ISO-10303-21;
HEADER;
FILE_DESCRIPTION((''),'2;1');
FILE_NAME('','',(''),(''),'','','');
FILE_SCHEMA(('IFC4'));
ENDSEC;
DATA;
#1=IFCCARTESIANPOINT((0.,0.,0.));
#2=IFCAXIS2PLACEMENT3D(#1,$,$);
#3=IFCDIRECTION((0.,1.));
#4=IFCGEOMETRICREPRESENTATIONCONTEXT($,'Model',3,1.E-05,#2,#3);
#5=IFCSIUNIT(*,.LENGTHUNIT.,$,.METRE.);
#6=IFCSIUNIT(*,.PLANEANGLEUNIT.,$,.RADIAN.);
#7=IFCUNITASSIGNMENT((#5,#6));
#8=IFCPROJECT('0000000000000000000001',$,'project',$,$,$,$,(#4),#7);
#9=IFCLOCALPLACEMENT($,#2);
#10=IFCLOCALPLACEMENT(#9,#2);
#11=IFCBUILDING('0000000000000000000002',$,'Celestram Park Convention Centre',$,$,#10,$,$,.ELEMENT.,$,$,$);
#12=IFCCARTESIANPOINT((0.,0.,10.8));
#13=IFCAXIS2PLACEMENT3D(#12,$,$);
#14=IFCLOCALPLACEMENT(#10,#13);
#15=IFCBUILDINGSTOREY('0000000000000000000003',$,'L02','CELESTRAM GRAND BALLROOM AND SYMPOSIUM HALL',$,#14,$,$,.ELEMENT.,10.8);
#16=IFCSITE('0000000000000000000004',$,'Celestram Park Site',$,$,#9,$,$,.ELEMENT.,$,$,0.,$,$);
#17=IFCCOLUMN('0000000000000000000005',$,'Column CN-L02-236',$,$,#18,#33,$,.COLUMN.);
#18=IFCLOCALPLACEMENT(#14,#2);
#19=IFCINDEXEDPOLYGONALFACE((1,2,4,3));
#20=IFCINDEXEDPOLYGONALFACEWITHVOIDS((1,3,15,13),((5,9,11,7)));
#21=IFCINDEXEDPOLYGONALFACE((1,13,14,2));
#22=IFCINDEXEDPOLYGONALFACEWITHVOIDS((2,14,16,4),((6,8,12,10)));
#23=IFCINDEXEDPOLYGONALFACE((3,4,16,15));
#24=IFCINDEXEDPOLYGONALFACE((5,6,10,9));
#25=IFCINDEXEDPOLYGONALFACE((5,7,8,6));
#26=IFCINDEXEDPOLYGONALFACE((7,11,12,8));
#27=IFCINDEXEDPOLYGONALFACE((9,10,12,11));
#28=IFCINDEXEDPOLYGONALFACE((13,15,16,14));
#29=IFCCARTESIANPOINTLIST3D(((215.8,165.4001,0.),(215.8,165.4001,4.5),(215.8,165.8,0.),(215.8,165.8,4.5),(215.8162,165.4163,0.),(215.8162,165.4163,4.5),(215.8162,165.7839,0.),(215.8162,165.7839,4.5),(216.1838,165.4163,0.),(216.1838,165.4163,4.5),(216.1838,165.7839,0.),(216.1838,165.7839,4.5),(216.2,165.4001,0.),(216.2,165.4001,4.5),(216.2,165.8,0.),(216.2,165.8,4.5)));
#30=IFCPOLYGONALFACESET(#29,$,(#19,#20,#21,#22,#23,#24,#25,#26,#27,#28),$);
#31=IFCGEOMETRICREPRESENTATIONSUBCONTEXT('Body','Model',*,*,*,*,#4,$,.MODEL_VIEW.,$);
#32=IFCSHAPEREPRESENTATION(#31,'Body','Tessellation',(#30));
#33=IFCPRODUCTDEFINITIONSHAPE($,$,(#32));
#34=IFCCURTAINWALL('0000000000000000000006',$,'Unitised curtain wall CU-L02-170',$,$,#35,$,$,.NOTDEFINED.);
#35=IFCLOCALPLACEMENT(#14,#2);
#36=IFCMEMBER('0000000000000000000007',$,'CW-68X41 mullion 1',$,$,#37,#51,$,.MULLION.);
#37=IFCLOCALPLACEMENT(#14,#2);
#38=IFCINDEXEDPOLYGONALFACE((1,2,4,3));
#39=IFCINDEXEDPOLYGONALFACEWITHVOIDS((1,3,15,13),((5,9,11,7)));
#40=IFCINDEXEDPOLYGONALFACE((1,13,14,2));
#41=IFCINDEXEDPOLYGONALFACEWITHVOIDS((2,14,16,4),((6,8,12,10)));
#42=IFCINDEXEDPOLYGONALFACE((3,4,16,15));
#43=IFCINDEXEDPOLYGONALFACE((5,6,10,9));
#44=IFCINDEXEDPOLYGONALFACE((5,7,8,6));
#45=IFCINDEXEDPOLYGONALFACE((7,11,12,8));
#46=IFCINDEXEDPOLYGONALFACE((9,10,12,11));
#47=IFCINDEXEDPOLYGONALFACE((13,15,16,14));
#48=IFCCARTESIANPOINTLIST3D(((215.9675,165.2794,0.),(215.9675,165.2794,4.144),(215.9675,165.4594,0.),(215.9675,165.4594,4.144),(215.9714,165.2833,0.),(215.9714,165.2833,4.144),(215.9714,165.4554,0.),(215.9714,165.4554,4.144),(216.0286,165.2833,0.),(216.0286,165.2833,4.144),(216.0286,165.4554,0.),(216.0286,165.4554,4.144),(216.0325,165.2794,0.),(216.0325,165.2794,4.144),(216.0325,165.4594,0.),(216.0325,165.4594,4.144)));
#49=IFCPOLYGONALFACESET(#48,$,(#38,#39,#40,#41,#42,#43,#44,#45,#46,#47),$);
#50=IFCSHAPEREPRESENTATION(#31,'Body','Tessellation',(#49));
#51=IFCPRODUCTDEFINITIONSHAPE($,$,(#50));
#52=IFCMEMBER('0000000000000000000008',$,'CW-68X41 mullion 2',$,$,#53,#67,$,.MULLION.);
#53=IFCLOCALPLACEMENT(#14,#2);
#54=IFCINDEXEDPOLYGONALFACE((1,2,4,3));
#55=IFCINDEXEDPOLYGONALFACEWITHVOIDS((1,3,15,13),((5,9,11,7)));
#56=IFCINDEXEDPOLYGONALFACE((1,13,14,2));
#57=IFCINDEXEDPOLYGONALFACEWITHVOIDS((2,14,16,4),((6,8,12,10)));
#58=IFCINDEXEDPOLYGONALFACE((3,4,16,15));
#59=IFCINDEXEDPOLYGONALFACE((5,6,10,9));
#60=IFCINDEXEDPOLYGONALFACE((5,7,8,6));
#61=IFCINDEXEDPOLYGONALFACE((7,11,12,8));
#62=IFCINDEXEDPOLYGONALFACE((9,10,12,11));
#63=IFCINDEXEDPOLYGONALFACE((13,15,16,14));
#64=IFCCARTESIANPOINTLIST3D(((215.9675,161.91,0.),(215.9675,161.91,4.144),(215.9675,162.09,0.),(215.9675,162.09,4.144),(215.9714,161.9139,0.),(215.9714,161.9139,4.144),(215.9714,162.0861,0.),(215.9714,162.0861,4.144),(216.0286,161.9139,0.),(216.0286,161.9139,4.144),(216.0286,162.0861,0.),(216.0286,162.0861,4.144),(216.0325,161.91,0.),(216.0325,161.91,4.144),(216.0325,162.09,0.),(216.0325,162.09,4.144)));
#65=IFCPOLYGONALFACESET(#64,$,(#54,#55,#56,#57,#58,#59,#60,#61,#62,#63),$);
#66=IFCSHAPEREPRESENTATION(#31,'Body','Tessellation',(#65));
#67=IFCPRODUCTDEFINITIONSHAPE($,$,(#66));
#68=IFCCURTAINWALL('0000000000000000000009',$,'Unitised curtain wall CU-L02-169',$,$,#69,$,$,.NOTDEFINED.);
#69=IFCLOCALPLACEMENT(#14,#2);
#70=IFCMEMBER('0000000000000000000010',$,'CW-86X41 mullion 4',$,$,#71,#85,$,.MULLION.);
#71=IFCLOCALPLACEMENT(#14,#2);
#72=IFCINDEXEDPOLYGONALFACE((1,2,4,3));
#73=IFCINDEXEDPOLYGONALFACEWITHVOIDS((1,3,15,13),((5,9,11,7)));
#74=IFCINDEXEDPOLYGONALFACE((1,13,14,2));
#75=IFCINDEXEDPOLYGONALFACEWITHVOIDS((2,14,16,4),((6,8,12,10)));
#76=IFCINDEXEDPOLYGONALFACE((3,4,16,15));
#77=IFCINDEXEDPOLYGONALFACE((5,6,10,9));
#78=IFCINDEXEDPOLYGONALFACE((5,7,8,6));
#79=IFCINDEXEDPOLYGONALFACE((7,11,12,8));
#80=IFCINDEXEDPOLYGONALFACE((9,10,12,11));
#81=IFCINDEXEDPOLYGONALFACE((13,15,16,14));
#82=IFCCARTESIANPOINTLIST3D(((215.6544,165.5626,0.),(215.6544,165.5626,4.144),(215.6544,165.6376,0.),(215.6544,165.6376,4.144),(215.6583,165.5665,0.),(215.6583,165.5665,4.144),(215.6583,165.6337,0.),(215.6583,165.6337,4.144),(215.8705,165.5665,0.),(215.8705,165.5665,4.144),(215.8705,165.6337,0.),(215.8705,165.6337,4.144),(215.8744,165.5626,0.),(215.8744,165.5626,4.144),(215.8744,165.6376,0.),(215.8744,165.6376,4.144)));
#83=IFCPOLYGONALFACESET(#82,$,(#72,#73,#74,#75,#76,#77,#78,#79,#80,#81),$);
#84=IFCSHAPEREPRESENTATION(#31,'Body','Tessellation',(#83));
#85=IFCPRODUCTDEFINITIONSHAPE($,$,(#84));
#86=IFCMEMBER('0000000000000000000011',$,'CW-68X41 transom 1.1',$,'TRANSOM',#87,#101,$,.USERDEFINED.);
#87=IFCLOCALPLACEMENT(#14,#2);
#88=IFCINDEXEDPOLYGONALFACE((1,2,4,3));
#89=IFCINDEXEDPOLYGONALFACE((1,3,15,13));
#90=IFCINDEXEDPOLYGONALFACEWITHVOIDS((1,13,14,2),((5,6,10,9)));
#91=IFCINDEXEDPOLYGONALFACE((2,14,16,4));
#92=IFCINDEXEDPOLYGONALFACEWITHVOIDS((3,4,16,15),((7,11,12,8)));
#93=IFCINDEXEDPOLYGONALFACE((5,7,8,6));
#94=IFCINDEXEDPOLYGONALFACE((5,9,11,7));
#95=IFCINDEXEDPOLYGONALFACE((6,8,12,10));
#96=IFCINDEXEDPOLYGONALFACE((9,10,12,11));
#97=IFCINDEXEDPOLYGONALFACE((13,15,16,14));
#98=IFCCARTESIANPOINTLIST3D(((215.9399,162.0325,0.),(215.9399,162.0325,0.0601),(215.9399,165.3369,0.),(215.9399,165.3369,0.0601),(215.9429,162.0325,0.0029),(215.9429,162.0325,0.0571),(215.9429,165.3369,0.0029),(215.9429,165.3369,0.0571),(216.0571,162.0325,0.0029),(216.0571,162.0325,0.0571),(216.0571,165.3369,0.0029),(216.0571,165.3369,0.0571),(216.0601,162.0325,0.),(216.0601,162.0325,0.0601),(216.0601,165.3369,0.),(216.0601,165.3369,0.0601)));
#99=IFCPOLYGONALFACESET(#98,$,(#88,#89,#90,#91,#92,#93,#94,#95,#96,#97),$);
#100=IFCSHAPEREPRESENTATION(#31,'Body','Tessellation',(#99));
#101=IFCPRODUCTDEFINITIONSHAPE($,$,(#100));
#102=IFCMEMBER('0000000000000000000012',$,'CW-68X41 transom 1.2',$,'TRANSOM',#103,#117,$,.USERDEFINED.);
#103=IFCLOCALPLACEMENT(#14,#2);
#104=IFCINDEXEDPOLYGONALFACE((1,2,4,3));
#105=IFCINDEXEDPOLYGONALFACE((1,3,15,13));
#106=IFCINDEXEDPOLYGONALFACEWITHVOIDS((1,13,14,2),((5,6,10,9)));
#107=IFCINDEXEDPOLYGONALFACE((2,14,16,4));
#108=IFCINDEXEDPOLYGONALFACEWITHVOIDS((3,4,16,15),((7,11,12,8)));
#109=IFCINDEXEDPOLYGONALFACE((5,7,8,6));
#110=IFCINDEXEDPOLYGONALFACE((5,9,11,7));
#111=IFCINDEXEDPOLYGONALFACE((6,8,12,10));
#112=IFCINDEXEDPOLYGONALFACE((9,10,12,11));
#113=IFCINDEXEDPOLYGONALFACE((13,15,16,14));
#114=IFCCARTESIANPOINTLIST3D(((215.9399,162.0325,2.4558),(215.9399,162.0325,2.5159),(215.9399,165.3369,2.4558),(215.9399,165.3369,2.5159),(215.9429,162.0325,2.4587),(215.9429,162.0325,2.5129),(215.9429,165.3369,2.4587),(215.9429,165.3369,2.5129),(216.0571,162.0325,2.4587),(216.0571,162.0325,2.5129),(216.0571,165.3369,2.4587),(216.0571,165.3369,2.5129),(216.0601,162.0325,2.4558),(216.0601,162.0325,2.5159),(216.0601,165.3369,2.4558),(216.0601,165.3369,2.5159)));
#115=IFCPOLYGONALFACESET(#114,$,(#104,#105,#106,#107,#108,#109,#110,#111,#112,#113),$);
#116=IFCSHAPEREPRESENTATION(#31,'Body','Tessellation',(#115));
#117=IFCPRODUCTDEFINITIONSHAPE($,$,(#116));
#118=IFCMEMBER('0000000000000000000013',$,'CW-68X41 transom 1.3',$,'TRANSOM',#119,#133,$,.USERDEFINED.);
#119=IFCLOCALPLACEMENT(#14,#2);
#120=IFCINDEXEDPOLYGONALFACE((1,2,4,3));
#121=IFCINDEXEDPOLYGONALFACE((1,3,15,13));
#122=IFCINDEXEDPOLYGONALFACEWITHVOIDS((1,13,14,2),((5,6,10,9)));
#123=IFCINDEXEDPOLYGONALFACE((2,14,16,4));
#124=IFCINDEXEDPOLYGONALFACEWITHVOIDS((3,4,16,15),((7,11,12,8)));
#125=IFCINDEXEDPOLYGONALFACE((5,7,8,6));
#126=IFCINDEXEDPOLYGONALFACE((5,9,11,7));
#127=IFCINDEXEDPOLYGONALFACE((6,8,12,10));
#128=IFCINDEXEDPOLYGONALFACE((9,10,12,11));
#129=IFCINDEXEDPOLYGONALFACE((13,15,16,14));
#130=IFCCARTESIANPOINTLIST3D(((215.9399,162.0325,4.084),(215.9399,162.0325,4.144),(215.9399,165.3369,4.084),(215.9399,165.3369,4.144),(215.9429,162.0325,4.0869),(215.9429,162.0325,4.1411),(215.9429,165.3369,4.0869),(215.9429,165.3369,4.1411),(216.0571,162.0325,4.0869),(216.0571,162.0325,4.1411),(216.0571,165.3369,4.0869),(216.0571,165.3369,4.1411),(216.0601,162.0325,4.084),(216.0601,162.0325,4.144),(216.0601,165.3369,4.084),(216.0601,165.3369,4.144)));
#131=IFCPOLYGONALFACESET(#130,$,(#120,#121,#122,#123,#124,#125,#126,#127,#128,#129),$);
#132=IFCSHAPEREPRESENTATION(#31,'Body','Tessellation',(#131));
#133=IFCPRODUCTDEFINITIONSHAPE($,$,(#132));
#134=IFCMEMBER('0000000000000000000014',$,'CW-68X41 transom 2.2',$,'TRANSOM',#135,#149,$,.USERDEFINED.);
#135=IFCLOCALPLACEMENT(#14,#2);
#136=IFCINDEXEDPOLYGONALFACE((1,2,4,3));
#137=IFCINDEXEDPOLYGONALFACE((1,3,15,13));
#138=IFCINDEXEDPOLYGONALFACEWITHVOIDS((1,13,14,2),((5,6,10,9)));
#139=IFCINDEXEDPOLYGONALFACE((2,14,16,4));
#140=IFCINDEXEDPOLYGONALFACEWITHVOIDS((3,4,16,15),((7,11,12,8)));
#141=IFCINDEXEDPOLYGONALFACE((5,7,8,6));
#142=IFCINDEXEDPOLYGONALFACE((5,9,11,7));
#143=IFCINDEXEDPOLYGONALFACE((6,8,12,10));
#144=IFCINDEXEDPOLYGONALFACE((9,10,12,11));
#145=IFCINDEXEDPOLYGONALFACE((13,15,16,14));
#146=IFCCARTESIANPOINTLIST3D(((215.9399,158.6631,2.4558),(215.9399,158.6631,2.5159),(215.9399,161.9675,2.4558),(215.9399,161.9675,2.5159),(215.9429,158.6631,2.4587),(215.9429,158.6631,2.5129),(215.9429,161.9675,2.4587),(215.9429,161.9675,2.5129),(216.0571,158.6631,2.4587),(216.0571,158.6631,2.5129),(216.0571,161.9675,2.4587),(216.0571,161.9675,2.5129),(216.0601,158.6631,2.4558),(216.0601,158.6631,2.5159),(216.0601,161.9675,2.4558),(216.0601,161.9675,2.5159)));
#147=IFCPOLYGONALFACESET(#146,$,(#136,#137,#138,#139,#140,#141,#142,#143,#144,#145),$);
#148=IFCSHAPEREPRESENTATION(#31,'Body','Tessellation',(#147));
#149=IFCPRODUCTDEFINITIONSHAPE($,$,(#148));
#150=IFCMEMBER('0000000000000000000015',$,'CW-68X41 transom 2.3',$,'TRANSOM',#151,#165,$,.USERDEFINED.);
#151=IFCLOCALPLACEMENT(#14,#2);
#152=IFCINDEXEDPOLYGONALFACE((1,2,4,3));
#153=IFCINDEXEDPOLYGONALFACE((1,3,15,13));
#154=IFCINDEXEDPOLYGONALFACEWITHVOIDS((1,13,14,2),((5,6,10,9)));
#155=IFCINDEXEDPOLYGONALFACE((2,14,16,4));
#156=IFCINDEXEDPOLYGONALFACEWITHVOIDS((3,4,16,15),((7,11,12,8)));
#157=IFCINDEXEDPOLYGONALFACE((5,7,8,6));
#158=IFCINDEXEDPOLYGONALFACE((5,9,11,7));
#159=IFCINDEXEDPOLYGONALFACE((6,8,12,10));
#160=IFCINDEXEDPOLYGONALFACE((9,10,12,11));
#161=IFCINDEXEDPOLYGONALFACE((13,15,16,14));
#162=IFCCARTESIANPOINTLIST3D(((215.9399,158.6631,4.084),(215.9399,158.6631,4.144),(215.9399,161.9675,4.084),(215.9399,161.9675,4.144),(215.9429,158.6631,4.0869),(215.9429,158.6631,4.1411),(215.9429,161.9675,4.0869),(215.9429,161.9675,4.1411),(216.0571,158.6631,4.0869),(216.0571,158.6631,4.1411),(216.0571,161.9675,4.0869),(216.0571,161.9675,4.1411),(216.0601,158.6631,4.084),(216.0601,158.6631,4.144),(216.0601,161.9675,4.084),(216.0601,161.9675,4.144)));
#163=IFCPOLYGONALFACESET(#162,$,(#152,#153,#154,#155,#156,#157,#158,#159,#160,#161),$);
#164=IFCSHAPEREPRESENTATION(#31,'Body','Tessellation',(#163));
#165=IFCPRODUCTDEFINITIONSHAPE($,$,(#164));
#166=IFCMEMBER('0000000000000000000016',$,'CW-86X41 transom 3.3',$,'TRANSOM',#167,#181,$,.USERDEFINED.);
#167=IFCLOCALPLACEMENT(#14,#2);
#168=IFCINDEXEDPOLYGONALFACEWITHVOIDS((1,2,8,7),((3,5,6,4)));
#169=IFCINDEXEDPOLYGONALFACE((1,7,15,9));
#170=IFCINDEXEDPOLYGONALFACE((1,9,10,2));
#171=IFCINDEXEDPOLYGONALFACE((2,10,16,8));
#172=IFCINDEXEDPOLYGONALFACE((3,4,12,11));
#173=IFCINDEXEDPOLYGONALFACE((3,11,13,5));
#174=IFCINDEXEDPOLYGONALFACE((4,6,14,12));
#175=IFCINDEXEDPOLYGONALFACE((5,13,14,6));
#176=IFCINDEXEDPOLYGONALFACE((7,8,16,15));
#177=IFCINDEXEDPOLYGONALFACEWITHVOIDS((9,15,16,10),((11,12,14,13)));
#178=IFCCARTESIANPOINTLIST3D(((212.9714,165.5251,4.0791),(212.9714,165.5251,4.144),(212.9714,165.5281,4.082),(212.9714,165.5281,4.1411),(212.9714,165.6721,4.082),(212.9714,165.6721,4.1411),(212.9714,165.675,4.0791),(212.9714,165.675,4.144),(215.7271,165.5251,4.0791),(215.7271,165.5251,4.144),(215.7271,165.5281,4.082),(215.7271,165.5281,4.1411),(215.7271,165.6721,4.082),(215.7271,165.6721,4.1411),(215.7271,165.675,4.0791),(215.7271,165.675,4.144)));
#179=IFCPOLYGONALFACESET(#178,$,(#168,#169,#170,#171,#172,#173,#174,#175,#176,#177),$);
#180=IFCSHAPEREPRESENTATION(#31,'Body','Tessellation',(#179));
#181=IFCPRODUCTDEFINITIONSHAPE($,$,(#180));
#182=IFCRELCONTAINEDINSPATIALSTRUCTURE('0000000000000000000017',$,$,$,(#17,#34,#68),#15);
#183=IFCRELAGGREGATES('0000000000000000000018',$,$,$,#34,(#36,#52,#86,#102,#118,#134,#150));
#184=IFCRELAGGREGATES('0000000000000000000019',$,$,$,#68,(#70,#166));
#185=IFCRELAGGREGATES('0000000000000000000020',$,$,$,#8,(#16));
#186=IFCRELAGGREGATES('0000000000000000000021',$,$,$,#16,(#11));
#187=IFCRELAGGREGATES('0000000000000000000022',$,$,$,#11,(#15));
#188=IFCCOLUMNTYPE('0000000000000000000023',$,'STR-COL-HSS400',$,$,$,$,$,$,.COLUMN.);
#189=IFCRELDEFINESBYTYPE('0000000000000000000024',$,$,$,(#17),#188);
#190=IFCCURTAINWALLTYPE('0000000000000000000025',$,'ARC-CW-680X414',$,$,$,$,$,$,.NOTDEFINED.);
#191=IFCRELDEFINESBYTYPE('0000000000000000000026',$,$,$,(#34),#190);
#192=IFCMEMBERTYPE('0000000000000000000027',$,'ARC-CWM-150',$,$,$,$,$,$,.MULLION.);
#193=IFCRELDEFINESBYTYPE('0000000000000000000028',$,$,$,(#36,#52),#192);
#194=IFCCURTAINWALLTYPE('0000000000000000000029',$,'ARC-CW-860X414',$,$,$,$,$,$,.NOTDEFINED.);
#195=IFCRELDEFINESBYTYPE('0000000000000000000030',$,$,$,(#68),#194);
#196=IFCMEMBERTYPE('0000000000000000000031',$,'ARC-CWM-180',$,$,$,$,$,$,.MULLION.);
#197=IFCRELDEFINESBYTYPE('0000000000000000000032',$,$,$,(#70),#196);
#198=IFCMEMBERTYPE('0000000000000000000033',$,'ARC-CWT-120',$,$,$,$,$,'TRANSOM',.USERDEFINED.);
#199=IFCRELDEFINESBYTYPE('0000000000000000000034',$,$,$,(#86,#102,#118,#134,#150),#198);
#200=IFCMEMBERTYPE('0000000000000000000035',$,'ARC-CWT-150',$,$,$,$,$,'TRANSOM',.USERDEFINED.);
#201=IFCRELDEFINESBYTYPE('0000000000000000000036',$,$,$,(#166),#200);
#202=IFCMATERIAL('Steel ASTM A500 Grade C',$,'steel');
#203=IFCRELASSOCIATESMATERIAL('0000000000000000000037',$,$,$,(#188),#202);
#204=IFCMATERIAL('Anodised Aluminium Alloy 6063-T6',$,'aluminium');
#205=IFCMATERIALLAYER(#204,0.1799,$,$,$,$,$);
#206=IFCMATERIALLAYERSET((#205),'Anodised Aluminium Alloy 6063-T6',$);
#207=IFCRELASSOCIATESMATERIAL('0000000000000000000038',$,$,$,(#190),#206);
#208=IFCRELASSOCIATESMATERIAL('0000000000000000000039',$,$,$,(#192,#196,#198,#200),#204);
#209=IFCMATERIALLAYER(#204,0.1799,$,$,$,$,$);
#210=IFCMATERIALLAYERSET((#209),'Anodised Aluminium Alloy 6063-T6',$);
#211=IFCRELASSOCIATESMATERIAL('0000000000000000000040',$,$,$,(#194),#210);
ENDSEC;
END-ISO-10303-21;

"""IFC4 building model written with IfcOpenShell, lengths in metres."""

from ifc_helpers import new_model, si_unit, direction, frame, origin, origin_2d, place, context, subcontext, project, spatial, hollow_rectangle, extrude, material, layer, layer_set, material_profile, profile_set, type_object, element, aggregate, save


model = new_model("IFC4")

# Units and contexts
model_context = context("Model", 3, precision=1e-05, world=origin(), true_north=direction((0.0, 1.0)))
body_context = subcontext(model_context, "Body", "Model", "MODEL_VIEW")
ifc_project = project(units=[si_unit("LENGTHUNIT", "METRE"), si_unit("PLANEANGLEUNIT", "RADIAN")], contexts=[model_context])

# Site, building, storey
site_placement = place(None, origin())
site = spatial("IfcSite", under=ifc_project, at=site_placement, Name="Celestram Park Site", CompositionType="ELEMENT", RefElevation=0.0)
building_placement = place(site_placement, origin())
building = spatial("IfcBuilding", under=site, at=building_placement, Name="Celestram Park Convention Centre", CompositionType="ELEMENT")
storey_placement = place(building_placement, frame((0.0, 0.0, 10.8)))
storey = spatial("IfcBuildingStorey", under=building, at=storey_placement, Name="L02", Description="CELESTRAM GRAND BALLROOM AND SYMPOSIUM HALL", CompositionType="ELEMENT", Elevation=10.8)

# Column
ifc_material_1 = material(Name="Steel ASTM A500 Grade C", Category="steel")
ifc_material_profile_1 = material_profile(ifc_material_1, hollow_rectangle(XDim=0.3999, YDim=0.3999, WallThickness=0.0161, at=origin_2d()), Name="HSS400X400X16")
ifc_profile_set_1 = profile_set([ifc_material_profile_1], Name="Steel ASTM A500 Grade C")
column_type = type_object("IfcColumnType", Name="STR-COL-HSS400", PredefinedType="COLUMN", material=ifc_profile_set_1)
column_placement = place(storey_placement, frame((216.0, 165.6001, 0.0), z_axis=(0.0, 0.0, 1.0), x_axis=(1.0, 0.0, 0.0)))
element("IfcColumn", 1, at=column_placement, inside=storey, type_object=column_type, Name="Column CN-L02-236", PredefinedType="COLUMN", context=body_context, shape_type="SweptSolid", body=[
    extrude(hollow_rectangle(XDim=0.3999, YDim=0.3999, WallThickness=0.0161, at=origin_2d()), origin(), (0.0, 0.0, 1.0), 4.5),
])

# Curtain wall, members
ifc_material_2 = material(Name="Anodised Aluminium Alloy 6063-T6", Category="aluminium")
ifc_layer_1 = layer(ifc_material_2, 0.1799)
ifc_layer_set_1 = layer_set([ifc_layer_1], Name="Anodised Aluminium Alloy 6063-T6")
curtain_wall_type_1 = type_object("IfcCurtainWallType", Name="ARC-CW-680X414", PredefinedType="NOTDEFINED", material=ifc_layer_set_1)
curtain_wall_1_placement = place(storey_placement, origin())
curtain_wall_1 = element("IfcCurtainWall", 2, at=curtain_wall_1_placement, inside=storey, type_object=curtain_wall_type_1, Name="Unitised curtain wall CU-L02-170", PredefinedType="NOTDEFINED")
ifc_material_profile_2 = material_profile(ifc_material_2, hollow_rectangle(XDim=0.0649, YDim=0.1799, WallThickness=0.0039, at=origin_2d()), Name="ALU65X180X4")
ifc_profile_set_2 = profile_set([ifc_material_profile_2], Name="Anodised Aluminium Alloy 6063-T6")
member_type_1 = type_object("IfcMemberType", Name="ARC-CWM-150", PredefinedType="MULLION", material=ifc_profile_set_2)
member_1_placement = place(storey_placement, frame((216.0, 165.3694, 0.0), z_axis=(0.0, 0.0, 1.0), x_axis=(1.0, 0.0, 0.0)))
member_1 = element("IfcMember", 3, at=member_1_placement, type_object=member_type_1, Name="CW-68X41 mullion 1", PredefinedType="MULLION", context=body_context, shape_type="SweptSolid", body=[
    extrude(hollow_rectangle(XDim=0.0649, YDim=0.1799, WallThickness=0.0039, at=origin_2d()), origin(), (0.0, 0.0, 1.0), 4.144),
])
member_2_placement = place(storey_placement, frame((216.0, 162.0, 0.0), z_axis=(0.0, 0.0, 1.0), x_axis=(1.0, 0.0, 0.0)))
member_2 = element("IfcMember", 4, at=member_2_placement, type_object=member_type_1, Name="CW-68X41 mullion 2", PredefinedType="MULLION", context=body_context, shape_type="SweptSolid", body=[
    extrude(hollow_rectangle(XDim=0.0649, YDim=0.1799, WallThickness=0.0039, at=origin_2d()), origin(), (0.0, 0.0, 1.0), 4.144),
])

# Curtain wall, member
ifc_layer_2 = layer(ifc_material_2, 0.1799)
ifc_layer_set_2 = layer_set([ifc_layer_2], Name="Anodised Aluminium Alloy 6063-T6")
curtain_wall_type_2 = type_object("IfcCurtainWallType", Name="ARC-CW-860X414", PredefinedType="NOTDEFINED", material=ifc_layer_set_2)
curtain_wall_2_placement = place(storey_placement, origin())
curtain_wall_2 = element("IfcCurtainWall", 5, at=curtain_wall_2_placement, inside=storey, type_object=curtain_wall_type_2, Name="Unitised curtain wall CU-L02-169", PredefinedType="NOTDEFINED")
ifc_material_profile_3 = material_profile(ifc_material_2, hollow_rectangle(XDim=0.075, YDim=0.22, WallThickness=0.0039, at=origin_2d()), Name="ALU75X220X4")
ifc_profile_set_3 = profile_set([ifc_material_profile_3], Name="Anodised Aluminium Alloy 6063-T6")
member_type_2 = type_object("IfcMemberType", Name="ARC-CWM-180", PredefinedType="MULLION", material=ifc_profile_set_3)
member_3_placement = place(storey_placement, frame((215.7644, 165.6001, 0.0), z_axis=(0.0, 0.0, 1.0), x_axis=(0.0, 1.0, 0.0)))
member_3 = element("IfcMember", 6, at=member_3_placement, type_object=member_type_2, Name="CW-86X41 mullion 4", PredefinedType="MULLION", context=body_context, shape_type="SweptSolid", body=[
    extrude(hollow_rectangle(XDim=0.075, YDim=0.22, WallThickness=0.0039, at=origin_2d()), origin(), (0.0, 0.0, 1.0), 4.144),
])

# Members
ifc_material_profile_4 = material_profile(ifc_material_2, hollow_rectangle(XDim=0.1201, YDim=0.0601, WallThickness=0.0029, at=origin_2d()), Name="ALU120X60X3")
ifc_profile_set_4 = profile_set([ifc_material_profile_4], Name="Anodised Aluminium Alloy 6063-T6")
member_type_3 = type_object("IfcMemberType", Name="ARC-CWT-120", ElementType="TRANSOM", PredefinedType="USERDEFINED", material=ifc_profile_set_4)
member_4_placement = place(storey_placement, frame((216.0, 165.3369, 0.03), z_axis=(0.0, -1.0, 0.0), x_axis=(1.0, 0.0, 0.0)))
member_4 = element("IfcMember", 7, at=member_4_placement, type_object=member_type_3, Name="CW-68X41 transom 1.1", ObjectType="TRANSOM", PredefinedType="USERDEFINED", context=body_context, shape_type="SweptSolid", body=[
    extrude(hollow_rectangle(XDim=0.1201, YDim=0.0601, WallThickness=0.0029, at=origin_2d()), origin(), (0.0, 0.0, 1.0), 3.3044),
])
member_5_placement = place(storey_placement, frame((216.0, 165.3369, 2.4858), z_axis=(0.0, -1.0, 0.0), x_axis=(1.0, 0.0, 0.0)))
member_5 = element("IfcMember", 8, at=member_5_placement, type_object=member_type_3, Name="CW-68X41 transom 1.2", ObjectType="TRANSOM", PredefinedType="USERDEFINED", context=body_context, shape_type="SweptSolid", body=[
    extrude(hollow_rectangle(XDim=0.1201, YDim=0.0601, WallThickness=0.0029, at=origin_2d()), origin(), (0.0, 0.0, 1.0), 3.3044),
])
member_6_placement = place(storey_placement, frame((216.0, 165.3369, 4.114), z_axis=(0.0, -1.0, 0.0), x_axis=(1.0, 0.0, 0.0)))
member_6 = element("IfcMember", 9, at=member_6_placement, type_object=member_type_3, Name="CW-68X41 transom 1.3", ObjectType="TRANSOM", PredefinedType="USERDEFINED", context=body_context, shape_type="SweptSolid", body=[
    extrude(hollow_rectangle(XDim=0.1201, YDim=0.0601, WallThickness=0.0029, at=origin_2d()), origin(), (0.0, 0.0, 1.0), 3.3044),
])
member_7_placement = place(storey_placement, frame((216.0, 161.9675, 2.4858), z_axis=(0.0, -1.0, 0.0), x_axis=(1.0, 0.0, 0.0)))
member_7 = element("IfcMember", 10, at=member_7_placement, type_object=member_type_3, Name="CW-68X41 transom 2.2", ObjectType="TRANSOM", PredefinedType="USERDEFINED", context=body_context, shape_type="SweptSolid", body=[
    extrude(hollow_rectangle(XDim=0.1201, YDim=0.0601, WallThickness=0.0029, at=origin_2d()), origin(), (0.0, 0.0, 1.0), 3.3044),
])
member_8_placement = place(storey_placement, frame((216.0, 161.9675, 4.114), z_axis=(0.0, -1.0, 0.0), x_axis=(1.0, 0.0, 0.0)))
member_8 = element("IfcMember", 11, at=member_8_placement, type_object=member_type_3, Name="CW-68X41 transom 2.3", ObjectType="TRANSOM", PredefinedType="USERDEFINED", context=body_context, shape_type="SweptSolid", body=[
    extrude(hollow_rectangle(XDim=0.1201, YDim=0.0601, WallThickness=0.0029, at=origin_2d()), origin(), (0.0, 0.0, 1.0), 3.3044),
])
ifc_material_profile_5 = material_profile(ifc_material_2, hollow_rectangle(XDim=0.1499, YDim=0.0649, WallThickness=0.0029, at=origin_2d()), Name="ALU150X65X3")
ifc_profile_set_5 = profile_set([ifc_material_profile_5], Name="Anodised Aluminium Alloy 6063-T6")
member_type_4 = type_object("IfcMemberType", Name="ARC-CWT-150", ElementType="TRANSOM", PredefinedType="USERDEFINED", material=ifc_profile_set_5)
member_9_placement = place(storey_placement, frame((212.9714, 165.6001, 4.1116), z_axis=(1.0, 0.0, 0.0), x_axis=(0.0, 1.0, 0.0)))
member_9 = element("IfcMember", 12, at=member_9_placement, type_object=member_type_4, Name="CW-86X41 transom 3.3", ObjectType="TRANSOM", PredefinedType="USERDEFINED", context=body_context, shape_type="SweptSolid", body=[
    extrude(hollow_rectangle(XDim=0.1499, YDim=0.0649, WallThickness=0.0029, at=origin_2d()), origin(), (0.0, 0.0, 1.0), 2.7556),
])

aggregate(curtain_wall_1, [member_1, member_2, member_4, member_5, member_6, member_7, member_8])
aggregate(curtain_wall_2, [member_3, member_9])

save(model, "model.ifc")
